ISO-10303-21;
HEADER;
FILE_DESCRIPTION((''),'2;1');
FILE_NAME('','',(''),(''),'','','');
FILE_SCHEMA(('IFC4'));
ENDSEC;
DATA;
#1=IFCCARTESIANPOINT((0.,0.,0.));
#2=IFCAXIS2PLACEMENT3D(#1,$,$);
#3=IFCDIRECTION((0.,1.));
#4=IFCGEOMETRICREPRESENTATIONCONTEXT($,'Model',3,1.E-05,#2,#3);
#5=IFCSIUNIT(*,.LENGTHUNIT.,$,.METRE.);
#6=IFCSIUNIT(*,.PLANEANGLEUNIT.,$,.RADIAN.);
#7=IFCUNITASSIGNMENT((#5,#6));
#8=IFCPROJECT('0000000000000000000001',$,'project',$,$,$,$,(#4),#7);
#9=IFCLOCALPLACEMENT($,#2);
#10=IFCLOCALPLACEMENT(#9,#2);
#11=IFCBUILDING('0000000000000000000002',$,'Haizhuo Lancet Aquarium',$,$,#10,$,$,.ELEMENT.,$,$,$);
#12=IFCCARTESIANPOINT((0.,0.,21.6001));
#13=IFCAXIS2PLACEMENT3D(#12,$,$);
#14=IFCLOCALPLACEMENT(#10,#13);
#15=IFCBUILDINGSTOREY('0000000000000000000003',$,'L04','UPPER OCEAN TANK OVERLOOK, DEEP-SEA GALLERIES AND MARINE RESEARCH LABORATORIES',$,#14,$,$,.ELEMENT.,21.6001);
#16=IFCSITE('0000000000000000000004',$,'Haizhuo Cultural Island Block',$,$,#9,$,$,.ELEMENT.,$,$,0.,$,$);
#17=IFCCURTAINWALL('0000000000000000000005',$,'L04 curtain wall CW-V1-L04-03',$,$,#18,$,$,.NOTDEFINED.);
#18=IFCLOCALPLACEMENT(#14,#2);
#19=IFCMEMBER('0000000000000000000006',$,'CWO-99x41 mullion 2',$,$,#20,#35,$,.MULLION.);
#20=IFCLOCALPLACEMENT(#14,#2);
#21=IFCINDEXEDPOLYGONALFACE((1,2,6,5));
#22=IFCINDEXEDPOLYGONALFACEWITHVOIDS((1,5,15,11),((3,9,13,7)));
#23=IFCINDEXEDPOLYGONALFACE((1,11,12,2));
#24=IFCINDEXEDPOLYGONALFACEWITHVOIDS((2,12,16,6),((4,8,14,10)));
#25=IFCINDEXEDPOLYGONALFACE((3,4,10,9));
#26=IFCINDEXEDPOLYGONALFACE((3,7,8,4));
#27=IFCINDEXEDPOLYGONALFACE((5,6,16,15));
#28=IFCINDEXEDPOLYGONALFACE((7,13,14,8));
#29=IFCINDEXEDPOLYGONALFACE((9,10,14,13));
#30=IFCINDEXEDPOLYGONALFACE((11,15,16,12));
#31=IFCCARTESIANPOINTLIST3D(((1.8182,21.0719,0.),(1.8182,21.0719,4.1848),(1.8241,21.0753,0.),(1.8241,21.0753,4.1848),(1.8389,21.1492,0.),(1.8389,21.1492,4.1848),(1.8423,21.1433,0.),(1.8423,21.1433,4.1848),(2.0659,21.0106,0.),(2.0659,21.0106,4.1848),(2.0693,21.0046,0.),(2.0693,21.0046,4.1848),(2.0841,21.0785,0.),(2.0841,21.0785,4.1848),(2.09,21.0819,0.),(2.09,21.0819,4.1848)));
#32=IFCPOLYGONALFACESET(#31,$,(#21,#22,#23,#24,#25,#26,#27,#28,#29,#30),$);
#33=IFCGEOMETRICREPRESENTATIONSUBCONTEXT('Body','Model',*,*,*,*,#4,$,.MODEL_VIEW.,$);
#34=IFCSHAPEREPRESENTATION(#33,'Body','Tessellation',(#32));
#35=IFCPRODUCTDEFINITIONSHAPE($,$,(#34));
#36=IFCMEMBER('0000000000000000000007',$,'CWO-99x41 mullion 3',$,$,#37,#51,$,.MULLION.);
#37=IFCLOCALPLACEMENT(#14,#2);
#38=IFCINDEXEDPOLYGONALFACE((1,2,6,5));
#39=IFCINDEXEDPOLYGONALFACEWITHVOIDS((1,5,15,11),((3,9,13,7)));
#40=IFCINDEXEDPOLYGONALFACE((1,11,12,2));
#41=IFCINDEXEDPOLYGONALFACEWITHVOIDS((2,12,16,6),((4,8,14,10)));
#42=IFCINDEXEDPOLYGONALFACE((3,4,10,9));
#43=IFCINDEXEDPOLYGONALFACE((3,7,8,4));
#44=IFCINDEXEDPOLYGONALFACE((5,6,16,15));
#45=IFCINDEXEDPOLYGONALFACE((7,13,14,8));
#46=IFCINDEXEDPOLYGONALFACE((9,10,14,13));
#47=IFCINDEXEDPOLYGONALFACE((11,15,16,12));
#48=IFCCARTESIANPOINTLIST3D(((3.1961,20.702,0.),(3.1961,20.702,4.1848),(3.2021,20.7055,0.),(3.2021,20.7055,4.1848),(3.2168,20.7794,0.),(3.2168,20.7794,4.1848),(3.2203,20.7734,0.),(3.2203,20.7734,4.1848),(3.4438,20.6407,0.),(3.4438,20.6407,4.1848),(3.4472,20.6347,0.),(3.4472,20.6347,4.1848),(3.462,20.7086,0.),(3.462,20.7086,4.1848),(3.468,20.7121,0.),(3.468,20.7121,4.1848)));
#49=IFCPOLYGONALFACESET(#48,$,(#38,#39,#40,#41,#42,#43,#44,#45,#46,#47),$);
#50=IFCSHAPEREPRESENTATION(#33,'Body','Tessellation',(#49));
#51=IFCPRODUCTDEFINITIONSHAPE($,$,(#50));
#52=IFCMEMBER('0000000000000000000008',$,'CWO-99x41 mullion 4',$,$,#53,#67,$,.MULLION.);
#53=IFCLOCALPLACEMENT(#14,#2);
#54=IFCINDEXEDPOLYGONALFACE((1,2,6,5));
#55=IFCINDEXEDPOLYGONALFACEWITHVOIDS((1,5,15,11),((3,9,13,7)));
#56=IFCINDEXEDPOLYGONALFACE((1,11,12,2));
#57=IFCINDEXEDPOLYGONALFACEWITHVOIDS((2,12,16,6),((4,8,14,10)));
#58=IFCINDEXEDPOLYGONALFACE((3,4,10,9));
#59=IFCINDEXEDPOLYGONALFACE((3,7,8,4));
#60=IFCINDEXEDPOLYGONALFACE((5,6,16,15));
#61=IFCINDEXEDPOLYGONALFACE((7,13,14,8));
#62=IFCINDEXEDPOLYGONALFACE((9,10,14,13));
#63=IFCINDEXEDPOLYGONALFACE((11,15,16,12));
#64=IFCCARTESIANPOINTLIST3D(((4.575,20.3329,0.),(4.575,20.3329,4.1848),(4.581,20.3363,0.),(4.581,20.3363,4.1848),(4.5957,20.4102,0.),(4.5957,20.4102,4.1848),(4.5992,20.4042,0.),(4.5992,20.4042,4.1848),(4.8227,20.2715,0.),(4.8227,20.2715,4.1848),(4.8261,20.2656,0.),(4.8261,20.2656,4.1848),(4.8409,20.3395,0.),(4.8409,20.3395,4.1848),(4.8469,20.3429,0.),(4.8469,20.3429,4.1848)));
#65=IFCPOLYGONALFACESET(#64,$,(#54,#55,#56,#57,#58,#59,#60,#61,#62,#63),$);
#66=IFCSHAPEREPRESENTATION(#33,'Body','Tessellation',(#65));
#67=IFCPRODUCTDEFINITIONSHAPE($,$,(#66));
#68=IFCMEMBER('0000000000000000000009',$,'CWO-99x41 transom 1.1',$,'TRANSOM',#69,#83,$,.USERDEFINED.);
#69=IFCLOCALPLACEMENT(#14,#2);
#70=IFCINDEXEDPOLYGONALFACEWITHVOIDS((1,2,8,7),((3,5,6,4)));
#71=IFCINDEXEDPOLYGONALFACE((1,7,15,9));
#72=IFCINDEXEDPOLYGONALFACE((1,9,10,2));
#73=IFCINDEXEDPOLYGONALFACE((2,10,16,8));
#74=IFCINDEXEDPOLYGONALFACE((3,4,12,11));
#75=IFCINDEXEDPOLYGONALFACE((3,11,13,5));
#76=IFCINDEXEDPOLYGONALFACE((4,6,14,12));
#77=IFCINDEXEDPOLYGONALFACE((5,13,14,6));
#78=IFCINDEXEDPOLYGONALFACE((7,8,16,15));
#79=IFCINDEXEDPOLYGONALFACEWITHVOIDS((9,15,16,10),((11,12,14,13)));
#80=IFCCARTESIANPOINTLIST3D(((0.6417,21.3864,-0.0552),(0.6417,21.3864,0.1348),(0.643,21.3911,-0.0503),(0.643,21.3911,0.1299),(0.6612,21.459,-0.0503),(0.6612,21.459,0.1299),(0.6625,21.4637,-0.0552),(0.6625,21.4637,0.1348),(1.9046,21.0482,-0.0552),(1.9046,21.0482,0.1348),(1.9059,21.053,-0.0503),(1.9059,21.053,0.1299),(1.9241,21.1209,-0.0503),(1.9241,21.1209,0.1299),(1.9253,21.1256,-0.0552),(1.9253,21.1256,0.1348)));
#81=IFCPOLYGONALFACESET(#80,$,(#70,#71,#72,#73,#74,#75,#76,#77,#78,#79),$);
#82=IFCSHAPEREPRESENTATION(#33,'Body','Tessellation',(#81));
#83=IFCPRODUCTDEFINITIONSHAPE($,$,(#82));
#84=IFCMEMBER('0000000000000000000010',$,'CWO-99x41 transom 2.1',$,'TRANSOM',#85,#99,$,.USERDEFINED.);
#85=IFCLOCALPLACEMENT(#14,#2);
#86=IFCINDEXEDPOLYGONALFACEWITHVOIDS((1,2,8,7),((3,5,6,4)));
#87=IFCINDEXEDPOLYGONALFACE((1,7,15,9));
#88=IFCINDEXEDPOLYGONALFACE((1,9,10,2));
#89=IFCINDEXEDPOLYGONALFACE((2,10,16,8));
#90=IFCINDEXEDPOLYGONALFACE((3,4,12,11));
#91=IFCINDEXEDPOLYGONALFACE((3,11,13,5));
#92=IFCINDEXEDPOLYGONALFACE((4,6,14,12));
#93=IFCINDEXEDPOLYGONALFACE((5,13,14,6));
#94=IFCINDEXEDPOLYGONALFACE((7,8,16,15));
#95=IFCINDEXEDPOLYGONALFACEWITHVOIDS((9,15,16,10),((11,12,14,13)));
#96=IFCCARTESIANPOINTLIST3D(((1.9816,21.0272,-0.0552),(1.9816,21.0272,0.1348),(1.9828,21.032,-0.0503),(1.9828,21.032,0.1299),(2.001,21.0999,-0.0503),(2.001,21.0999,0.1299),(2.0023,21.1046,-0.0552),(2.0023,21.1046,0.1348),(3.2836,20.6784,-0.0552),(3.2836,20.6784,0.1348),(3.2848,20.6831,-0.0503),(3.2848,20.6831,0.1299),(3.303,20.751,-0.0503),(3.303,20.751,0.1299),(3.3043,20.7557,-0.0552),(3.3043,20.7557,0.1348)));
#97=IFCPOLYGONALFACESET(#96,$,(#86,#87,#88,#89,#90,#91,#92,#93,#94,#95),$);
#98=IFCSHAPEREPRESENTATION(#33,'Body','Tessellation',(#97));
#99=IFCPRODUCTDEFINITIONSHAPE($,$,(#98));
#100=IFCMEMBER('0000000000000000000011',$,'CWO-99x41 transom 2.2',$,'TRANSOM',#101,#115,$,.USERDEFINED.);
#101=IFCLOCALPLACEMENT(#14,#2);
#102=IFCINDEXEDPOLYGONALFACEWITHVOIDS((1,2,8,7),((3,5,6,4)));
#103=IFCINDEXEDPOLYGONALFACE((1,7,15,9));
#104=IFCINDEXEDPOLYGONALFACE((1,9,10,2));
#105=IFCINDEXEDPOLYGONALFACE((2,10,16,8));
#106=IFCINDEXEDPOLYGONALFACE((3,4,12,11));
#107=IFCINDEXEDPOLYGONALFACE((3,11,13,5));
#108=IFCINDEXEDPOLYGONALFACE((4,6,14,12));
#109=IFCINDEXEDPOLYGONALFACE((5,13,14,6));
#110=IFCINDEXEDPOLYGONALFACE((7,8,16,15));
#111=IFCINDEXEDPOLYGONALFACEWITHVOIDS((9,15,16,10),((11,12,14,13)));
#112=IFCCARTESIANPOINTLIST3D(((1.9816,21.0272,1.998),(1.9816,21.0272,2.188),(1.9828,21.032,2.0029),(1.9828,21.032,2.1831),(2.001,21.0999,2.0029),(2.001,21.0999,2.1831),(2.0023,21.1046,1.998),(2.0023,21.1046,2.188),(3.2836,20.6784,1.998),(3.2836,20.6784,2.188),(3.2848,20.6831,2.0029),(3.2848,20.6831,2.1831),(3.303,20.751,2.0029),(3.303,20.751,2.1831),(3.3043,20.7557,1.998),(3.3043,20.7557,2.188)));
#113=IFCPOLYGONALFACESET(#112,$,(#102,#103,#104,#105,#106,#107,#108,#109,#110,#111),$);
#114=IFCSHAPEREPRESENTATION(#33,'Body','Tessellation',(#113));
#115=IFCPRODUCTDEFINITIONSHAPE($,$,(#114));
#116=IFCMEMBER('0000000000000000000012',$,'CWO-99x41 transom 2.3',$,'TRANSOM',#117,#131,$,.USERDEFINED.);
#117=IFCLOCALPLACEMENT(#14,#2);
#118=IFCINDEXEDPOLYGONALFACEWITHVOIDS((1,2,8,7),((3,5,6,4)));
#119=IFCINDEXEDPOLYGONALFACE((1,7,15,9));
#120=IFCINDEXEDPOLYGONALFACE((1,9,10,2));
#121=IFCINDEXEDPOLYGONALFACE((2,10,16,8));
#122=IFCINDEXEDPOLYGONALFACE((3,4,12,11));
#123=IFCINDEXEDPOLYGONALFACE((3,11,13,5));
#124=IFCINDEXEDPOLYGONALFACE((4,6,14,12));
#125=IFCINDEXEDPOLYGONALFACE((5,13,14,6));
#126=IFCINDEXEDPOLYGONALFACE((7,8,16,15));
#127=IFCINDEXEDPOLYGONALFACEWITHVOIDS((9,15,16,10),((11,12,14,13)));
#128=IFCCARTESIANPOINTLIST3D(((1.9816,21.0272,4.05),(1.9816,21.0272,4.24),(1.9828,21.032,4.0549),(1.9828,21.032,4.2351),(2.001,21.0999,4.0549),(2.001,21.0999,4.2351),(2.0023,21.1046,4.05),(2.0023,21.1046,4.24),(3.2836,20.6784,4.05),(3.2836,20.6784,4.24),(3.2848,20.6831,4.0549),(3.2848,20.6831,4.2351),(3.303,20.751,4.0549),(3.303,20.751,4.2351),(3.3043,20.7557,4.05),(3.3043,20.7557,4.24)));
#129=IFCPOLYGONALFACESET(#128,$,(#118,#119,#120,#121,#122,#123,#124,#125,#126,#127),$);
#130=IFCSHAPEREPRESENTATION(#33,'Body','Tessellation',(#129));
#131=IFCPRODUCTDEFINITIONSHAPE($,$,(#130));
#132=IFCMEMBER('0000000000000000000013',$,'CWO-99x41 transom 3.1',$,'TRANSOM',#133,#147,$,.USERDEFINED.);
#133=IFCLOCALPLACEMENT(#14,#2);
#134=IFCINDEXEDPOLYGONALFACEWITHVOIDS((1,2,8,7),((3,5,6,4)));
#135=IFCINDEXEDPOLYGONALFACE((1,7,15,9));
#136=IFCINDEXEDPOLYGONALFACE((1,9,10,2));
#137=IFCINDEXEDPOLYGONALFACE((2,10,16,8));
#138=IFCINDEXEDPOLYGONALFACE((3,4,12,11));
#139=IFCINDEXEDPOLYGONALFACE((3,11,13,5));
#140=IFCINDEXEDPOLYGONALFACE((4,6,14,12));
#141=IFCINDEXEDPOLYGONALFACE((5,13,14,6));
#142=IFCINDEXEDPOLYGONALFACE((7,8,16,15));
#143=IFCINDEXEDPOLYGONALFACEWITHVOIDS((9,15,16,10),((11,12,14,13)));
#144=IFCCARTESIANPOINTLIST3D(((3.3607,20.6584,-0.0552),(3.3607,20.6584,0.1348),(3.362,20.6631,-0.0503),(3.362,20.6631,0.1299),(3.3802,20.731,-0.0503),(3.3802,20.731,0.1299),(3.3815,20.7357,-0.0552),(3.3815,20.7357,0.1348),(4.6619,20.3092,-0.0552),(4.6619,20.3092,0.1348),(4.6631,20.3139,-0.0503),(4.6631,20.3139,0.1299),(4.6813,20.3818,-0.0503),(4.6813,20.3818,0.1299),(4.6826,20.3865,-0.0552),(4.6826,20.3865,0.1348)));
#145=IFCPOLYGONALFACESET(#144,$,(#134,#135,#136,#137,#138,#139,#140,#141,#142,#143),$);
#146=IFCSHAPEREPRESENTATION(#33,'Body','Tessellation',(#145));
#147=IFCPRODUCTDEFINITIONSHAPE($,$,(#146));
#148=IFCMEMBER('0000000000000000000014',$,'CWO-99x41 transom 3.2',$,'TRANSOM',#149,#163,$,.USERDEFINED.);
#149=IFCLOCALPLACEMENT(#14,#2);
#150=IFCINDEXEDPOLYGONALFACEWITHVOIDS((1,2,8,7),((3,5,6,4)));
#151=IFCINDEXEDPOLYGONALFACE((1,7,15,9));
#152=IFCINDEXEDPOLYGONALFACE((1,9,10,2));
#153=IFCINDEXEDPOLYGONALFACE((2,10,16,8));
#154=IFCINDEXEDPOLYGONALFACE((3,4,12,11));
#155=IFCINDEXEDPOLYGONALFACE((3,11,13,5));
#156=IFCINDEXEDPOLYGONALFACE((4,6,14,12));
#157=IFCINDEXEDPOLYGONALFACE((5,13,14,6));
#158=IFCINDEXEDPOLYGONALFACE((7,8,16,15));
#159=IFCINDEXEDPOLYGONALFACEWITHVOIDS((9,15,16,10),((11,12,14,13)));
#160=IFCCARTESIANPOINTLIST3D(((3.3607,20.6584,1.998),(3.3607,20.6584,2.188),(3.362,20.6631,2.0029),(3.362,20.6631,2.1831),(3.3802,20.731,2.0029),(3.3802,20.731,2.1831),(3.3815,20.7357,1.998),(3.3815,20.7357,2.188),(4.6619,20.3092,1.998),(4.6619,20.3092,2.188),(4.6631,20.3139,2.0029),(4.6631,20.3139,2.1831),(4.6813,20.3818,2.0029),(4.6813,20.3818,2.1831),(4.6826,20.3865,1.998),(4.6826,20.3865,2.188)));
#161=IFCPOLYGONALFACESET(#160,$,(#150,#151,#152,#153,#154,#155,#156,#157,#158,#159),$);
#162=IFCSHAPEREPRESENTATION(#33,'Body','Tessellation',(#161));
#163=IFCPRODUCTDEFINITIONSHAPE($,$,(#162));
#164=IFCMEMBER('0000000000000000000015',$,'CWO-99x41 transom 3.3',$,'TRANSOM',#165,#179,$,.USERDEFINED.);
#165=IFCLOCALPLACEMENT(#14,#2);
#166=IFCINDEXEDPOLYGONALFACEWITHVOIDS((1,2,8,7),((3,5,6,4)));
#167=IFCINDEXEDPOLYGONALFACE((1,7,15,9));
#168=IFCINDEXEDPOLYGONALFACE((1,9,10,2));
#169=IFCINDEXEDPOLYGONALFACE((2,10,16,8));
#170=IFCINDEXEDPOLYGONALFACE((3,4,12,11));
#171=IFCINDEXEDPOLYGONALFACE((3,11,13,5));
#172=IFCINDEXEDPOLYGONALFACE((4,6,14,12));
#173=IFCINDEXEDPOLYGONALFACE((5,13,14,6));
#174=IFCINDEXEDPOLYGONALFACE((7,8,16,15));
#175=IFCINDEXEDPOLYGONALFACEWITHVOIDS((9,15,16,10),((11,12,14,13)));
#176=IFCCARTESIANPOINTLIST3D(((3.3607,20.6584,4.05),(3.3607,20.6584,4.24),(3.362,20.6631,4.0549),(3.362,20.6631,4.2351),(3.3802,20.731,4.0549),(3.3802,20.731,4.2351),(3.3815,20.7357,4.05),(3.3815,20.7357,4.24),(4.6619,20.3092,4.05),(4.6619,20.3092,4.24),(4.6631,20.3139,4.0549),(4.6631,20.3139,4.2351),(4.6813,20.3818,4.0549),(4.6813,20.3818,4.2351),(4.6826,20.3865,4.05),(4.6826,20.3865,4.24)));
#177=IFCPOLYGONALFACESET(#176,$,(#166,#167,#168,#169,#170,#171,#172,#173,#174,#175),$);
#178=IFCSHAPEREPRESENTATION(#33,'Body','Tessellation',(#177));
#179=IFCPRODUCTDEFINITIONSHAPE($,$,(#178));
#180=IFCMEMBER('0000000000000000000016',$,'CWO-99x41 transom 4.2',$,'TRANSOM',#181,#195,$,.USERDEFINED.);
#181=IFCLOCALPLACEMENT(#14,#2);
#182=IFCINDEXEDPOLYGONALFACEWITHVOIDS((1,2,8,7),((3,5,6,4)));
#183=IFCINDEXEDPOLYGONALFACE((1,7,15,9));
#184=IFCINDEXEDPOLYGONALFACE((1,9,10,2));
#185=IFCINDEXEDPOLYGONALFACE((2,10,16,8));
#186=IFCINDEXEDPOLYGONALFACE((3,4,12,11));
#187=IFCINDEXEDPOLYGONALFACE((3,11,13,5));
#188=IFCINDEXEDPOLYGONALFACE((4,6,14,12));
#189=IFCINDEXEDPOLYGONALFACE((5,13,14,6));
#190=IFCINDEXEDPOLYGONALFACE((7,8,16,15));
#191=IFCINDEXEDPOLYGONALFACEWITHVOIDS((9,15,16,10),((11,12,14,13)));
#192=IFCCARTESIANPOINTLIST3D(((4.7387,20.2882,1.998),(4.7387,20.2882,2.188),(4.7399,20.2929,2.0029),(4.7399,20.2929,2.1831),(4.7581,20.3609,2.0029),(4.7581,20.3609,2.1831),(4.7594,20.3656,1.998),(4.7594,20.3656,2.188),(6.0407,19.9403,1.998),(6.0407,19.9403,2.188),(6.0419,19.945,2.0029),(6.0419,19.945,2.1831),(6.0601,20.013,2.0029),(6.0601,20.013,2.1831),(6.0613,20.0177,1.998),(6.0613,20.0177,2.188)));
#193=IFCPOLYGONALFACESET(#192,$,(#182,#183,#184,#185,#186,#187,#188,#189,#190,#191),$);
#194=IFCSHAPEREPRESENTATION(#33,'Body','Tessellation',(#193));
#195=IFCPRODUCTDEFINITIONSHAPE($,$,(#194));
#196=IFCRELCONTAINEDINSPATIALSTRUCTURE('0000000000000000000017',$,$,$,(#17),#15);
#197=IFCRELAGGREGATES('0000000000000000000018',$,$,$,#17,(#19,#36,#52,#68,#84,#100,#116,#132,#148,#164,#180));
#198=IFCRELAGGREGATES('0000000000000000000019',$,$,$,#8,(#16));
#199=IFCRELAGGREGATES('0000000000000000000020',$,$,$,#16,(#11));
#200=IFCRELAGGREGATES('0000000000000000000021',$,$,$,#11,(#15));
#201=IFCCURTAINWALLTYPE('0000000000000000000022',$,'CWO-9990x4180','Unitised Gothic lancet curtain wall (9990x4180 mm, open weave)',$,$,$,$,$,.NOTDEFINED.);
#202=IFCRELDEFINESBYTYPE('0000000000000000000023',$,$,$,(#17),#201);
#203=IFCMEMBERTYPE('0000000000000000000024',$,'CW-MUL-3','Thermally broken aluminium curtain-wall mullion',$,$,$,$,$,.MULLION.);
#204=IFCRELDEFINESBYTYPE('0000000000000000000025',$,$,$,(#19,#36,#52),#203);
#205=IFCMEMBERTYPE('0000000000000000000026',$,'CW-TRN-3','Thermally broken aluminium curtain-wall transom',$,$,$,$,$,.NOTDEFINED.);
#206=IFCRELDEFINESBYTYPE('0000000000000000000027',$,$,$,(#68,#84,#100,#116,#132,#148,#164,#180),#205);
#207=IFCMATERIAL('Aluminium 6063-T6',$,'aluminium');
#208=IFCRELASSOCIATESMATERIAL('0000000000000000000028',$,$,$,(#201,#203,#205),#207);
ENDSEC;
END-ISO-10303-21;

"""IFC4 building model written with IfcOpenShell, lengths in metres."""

from ifc_helpers import new_model, si_unit, direction, frame, origin, origin_2d, place, context, subcontext, project, spatial, hollow_rectangle, extrude, material, material_profile, profile_set, type_object, element, aggregate, save


model = new_model("IFC4")

# Units and contexts
model_context = context("Model", 3, precision=1e-05, world=origin(), true_north=direction((0.0, 1.0)))
body_context = subcontext(model_context, "Body", "Model", "MODEL_VIEW")
ifc_project = project(units=[si_unit("LENGTHUNIT", "METRE"), si_unit("PLANEANGLEUNIT", "RADIAN")], contexts=[model_context])

# Site, building, storey
site_placement = place(None, origin())
site = spatial("IfcSite", under=ifc_project, at=site_placement, Name="Haizhuo Cultural Island Block", CompositionType="ELEMENT", RefElevation=0.0)
building_placement = place(site_placement, origin())
building = spatial("IfcBuilding", under=site, at=building_placement, Name="Haizhuo Lancet Aquarium", CompositionType="ELEMENT")
storey_placement = place(building_placement, frame((0.0, 0.0, 21.6001)))
storey = spatial("IfcBuildingStorey", under=building, at=storey_placement, Name="L04", Description="UPPER OCEAN TANK OVERLOOK, DEEP-SEA GALLERIES AND MARINE RESEARCH LABORATORIES", CompositionType="ELEMENT", Elevation=21.6001)

# Curtain wall, members
ifc_material_1 = material(Name="Aluminium 6063-T6", Category="aluminium")
curtain_wall_type = type_object("IfcCurtainWallType", Name="CWO-9990x4180", Description="Unitised Gothic lancet curtain wall (9990x4180 mm, open weave)", PredefinedType="NOTDEFINED", material=ifc_material_1)
curtain_wall_placement = place(storey_placement, origin())
curtain_wall = element("IfcCurtainWall", 1, at=curtain_wall_placement, inside=storey, type_object=curtain_wall_type, Name="L04 curtain wall CW-V1-L04-03", PredefinedType="NOTDEFINED")
ifc_material_profile_1 = material_profile(ifc_material_1, hollow_rectangle(XDim=0.0801, YDim=0.26, WallThickness=0.0049, at=origin_2d()), Name="ALU-M 80x260x5")
ifc_profile_set_1 = profile_set([ifc_material_profile_1], Name="Aluminium 6063-T6")
member_type_1 = type_object("IfcMemberType", Name="CW-MUL-3", Description="Thermally broken aluminium curtain-wall mullion", PredefinedType="MULLION", material=ifc_profile_set_1)
member_1_placement = place(storey_placement, frame((1.9541, 21.0769, 0.0), z_axis=(0.0, 0.0, 1.0), x_axis=(0.258853, 0.965917, 0.0)))
member_1 = element("IfcMember", 2, at=member_1_placement, type_object=member_type_1, Name="CWO-99x41 mullion 2", PredefinedType="MULLION", context=body_context, shape_type="SweptSolid", body=[
    extrude(hollow_rectangle(XDim=0.0801, YDim=0.26, WallThickness=0.0049, at=origin_2d()), origin(), (0.0, 0.0, 1.0), 4.1848),
])
member_2_placement = place(storey_placement, frame((3.332, 20.707, 0.0), z_axis=(0.0, 0.0, 1.0), x_axis=(0.258853, 0.965917, 0.0)))
member_2 = element("IfcMember", 3, at=member_2_placement, type_object=member_type_1, Name="CWO-99x41 mullion 3", PredefinedType="MULLION", context=body_context, shape_type="SweptSolid", body=[
    extrude(hollow_rectangle(XDim=0.0801, YDim=0.26, WallThickness=0.0049, at=origin_2d()), origin(), (0.0, 0.0, 1.0), 4.1848),
])
member_3_placement = place(storey_placement, frame((4.7109, 20.3379, 0.0), z_axis=(0.0, 0.0, 1.0), x_axis=(0.258853, 0.965917, 0.0)))
member_3 = element("IfcMember", 4, at=member_3_placement, type_object=member_type_1, Name="CWO-99x41 mullion 4", PredefinedType="MULLION", context=body_context, shape_type="SweptSolid", body=[
    extrude(hollow_rectangle(XDim=0.0801, YDim=0.26, WallThickness=0.0049, at=origin_2d()), origin(), (0.0, 0.0, 1.0), 4.1848),
])
ifc_material_profile_2 = material_profile(ifc_material_1, hollow_rectangle(XDim=0.0801, YDim=0.1899, WallThickness=0.0049, at=origin_2d()), Name="ALU-T 80x190x5")
ifc_profile_set_2 = profile_set([ifc_material_profile_2], Name="Aluminium 6063-T6")
member_type_2 = type_object("IfcMemberType", Name="CW-TRN-3", Description="Thermally broken aluminium curtain-wall transom", PredefinedType="NOTDEFINED", material=ifc_profile_set_2)
member_4_placement = place(storey_placement, frame((0.6521, 21.425, 0.0398), z_axis=(0.965977, -0.258627, 0.0), x_axis=(0.258627, 0.965977, 0.0)))
member_4 = element("IfcMember", 5, at=member_4_placement, type_object=member_type_2, Name="CWO-99x41 transom 1.1", ObjectType="TRANSOM", PredefinedType="USERDEFINED", context=body_context, shape_type="SweptSolid", body=[
    extrude(hollow_rectangle(XDim=0.0801, YDim=0.1899, WallThickness=0.0049, at=origin_2d()), origin(), (0.0, 0.0, 1.0), 1.3074),
])
member_5_placement = place(storey_placement, frame((1.9919, 21.0659, 0.0398), z_axis=(0.965925, -0.258824, 0.0), x_axis=(0.258824, 0.965925, 0.0)))
member_5 = element("IfcMember", 6, at=member_5_placement, type_object=member_type_2, Name="CWO-99x41 transom 2.1", ObjectType="TRANSOM", PredefinedType="USERDEFINED", context=body_context, shape_type="SweptSolid", body=[
    extrude(hollow_rectangle(XDim=0.0801, YDim=0.1899, WallThickness=0.0049, at=origin_2d()), origin(), (0.0, 0.0, 1.0), 1.3479),
])
member_6_placement = place(storey_placement, frame((1.9919, 21.0659, 2.093), z_axis=(0.965925, -0.258824, 0.0), x_axis=(0.258824, 0.965925, 0.0)))
member_6 = element("IfcMember", 7, at=member_6_placement, type_object=member_type_2, Name="CWO-99x41 transom 2.2", ObjectType="TRANSOM", PredefinedType="USERDEFINED", context=body_context, shape_type="SweptSolid", body=[
    extrude(hollow_rectangle(XDim=0.0801, YDim=0.1899, WallThickness=0.0049, at=origin_2d()), origin(), (0.0, 0.0, 1.0), 1.3479),
])
member_7_placement = place(storey_placement, frame((1.9919, 21.0659, 4.145), z_axis=(0.965925, -0.258824, 0.0), x_axis=(0.258824, 0.965925, 0.0)))
member_7 = element("IfcMember", 8, at=member_7_placement, type_object=member_type_2, Name="CWO-99x41 transom 2.3", ObjectType="TRANSOM", PredefinedType="USERDEFINED", context=body_context, shape_type="SweptSolid", body=[
    extrude(hollow_rectangle(XDim=0.0801, YDim=0.1899, WallThickness=0.0049, at=origin_2d()), origin(), (0.0, 0.0, 1.0), 1.3479),
])
member_8_placement = place(storey_placement, frame((3.3711, 20.697, 0.0398), z_axis=(0.965831, -0.259174, 0.0), x_axis=(0.259174, 0.965831, 0.0)))
member_8 = element("IfcMember", 9, at=member_8_placement, type_object=member_type_2, Name="CWO-99x41 transom 3.1", ObjectType="TRANSOM", PredefinedType="USERDEFINED", context=body_context, shape_type="SweptSolid", body=[
    extrude(hollow_rectangle(XDim=0.0801, YDim=0.1899, WallThickness=0.0049, at=origin_2d()), origin(), (0.0, 0.0, 1.0), 1.3472),
])
member_9_placement = place(storey_placement, frame((3.3711, 20.697, 2.093), z_axis=(0.965831, -0.259174, 0.0), x_axis=(0.259174, 0.965831, 0.0)))
member_9 = element("IfcMember", 10, at=member_9_placement, type_object=member_type_2, Name="CWO-99x41 transom 3.2", ObjectType="TRANSOM", PredefinedType="USERDEFINED", context=body_context, shape_type="SweptSolid", body=[
    extrude(hollow_rectangle(XDim=0.0801, YDim=0.1899, WallThickness=0.0049, at=origin_2d()), origin(), (0.0, 0.0, 1.0), 1.3472),
])
member_10_placement = place(storey_placement, frame((3.3711, 20.697, 4.145), z_axis=(0.965831, -0.259174, 0.0), x_axis=(0.259174, 0.965831, 0.0)))
member_10 = element("IfcMember", 11, at=member_10_placement, type_object=member_type_2, Name="CWO-99x41 transom 3.3", ObjectType="TRANSOM", PredefinedType="USERDEFINED", context=body_context, shape_type="SweptSolid", body=[
    extrude(hollow_rectangle(XDim=0.0801, YDim=0.1899, WallThickness=0.0049, at=origin_2d()), origin(), (0.0, 0.0, 1.0), 1.3472),
])
member_11_placement = place(storey_placement, frame((4.749, 20.3269, 2.093), z_axis=(0.966106, -0.258147, 0.0), x_axis=(0.258147, 0.966106, 0.0)))
member_11 = element("IfcMember", 12, at=member_11_placement, type_object=member_type_2, Name="CWO-99x41 transom 4.2", ObjectType="TRANSOM", PredefinedType="USERDEFINED", context=body_context, shape_type="SweptSolid", body=[
    extrude(hollow_rectangle(XDim=0.0801, YDim=0.1899, WallThickness=0.0049, at=origin_2d()), origin(), (0.0, 0.0, 1.0), 1.3477),
])

aggregate(curtain_wall, [member_1, member_2, member_3, member_4, member_5, member_6, member_7, member_8, member_9, member_10, member_11])

save(model, "model.ifc")
